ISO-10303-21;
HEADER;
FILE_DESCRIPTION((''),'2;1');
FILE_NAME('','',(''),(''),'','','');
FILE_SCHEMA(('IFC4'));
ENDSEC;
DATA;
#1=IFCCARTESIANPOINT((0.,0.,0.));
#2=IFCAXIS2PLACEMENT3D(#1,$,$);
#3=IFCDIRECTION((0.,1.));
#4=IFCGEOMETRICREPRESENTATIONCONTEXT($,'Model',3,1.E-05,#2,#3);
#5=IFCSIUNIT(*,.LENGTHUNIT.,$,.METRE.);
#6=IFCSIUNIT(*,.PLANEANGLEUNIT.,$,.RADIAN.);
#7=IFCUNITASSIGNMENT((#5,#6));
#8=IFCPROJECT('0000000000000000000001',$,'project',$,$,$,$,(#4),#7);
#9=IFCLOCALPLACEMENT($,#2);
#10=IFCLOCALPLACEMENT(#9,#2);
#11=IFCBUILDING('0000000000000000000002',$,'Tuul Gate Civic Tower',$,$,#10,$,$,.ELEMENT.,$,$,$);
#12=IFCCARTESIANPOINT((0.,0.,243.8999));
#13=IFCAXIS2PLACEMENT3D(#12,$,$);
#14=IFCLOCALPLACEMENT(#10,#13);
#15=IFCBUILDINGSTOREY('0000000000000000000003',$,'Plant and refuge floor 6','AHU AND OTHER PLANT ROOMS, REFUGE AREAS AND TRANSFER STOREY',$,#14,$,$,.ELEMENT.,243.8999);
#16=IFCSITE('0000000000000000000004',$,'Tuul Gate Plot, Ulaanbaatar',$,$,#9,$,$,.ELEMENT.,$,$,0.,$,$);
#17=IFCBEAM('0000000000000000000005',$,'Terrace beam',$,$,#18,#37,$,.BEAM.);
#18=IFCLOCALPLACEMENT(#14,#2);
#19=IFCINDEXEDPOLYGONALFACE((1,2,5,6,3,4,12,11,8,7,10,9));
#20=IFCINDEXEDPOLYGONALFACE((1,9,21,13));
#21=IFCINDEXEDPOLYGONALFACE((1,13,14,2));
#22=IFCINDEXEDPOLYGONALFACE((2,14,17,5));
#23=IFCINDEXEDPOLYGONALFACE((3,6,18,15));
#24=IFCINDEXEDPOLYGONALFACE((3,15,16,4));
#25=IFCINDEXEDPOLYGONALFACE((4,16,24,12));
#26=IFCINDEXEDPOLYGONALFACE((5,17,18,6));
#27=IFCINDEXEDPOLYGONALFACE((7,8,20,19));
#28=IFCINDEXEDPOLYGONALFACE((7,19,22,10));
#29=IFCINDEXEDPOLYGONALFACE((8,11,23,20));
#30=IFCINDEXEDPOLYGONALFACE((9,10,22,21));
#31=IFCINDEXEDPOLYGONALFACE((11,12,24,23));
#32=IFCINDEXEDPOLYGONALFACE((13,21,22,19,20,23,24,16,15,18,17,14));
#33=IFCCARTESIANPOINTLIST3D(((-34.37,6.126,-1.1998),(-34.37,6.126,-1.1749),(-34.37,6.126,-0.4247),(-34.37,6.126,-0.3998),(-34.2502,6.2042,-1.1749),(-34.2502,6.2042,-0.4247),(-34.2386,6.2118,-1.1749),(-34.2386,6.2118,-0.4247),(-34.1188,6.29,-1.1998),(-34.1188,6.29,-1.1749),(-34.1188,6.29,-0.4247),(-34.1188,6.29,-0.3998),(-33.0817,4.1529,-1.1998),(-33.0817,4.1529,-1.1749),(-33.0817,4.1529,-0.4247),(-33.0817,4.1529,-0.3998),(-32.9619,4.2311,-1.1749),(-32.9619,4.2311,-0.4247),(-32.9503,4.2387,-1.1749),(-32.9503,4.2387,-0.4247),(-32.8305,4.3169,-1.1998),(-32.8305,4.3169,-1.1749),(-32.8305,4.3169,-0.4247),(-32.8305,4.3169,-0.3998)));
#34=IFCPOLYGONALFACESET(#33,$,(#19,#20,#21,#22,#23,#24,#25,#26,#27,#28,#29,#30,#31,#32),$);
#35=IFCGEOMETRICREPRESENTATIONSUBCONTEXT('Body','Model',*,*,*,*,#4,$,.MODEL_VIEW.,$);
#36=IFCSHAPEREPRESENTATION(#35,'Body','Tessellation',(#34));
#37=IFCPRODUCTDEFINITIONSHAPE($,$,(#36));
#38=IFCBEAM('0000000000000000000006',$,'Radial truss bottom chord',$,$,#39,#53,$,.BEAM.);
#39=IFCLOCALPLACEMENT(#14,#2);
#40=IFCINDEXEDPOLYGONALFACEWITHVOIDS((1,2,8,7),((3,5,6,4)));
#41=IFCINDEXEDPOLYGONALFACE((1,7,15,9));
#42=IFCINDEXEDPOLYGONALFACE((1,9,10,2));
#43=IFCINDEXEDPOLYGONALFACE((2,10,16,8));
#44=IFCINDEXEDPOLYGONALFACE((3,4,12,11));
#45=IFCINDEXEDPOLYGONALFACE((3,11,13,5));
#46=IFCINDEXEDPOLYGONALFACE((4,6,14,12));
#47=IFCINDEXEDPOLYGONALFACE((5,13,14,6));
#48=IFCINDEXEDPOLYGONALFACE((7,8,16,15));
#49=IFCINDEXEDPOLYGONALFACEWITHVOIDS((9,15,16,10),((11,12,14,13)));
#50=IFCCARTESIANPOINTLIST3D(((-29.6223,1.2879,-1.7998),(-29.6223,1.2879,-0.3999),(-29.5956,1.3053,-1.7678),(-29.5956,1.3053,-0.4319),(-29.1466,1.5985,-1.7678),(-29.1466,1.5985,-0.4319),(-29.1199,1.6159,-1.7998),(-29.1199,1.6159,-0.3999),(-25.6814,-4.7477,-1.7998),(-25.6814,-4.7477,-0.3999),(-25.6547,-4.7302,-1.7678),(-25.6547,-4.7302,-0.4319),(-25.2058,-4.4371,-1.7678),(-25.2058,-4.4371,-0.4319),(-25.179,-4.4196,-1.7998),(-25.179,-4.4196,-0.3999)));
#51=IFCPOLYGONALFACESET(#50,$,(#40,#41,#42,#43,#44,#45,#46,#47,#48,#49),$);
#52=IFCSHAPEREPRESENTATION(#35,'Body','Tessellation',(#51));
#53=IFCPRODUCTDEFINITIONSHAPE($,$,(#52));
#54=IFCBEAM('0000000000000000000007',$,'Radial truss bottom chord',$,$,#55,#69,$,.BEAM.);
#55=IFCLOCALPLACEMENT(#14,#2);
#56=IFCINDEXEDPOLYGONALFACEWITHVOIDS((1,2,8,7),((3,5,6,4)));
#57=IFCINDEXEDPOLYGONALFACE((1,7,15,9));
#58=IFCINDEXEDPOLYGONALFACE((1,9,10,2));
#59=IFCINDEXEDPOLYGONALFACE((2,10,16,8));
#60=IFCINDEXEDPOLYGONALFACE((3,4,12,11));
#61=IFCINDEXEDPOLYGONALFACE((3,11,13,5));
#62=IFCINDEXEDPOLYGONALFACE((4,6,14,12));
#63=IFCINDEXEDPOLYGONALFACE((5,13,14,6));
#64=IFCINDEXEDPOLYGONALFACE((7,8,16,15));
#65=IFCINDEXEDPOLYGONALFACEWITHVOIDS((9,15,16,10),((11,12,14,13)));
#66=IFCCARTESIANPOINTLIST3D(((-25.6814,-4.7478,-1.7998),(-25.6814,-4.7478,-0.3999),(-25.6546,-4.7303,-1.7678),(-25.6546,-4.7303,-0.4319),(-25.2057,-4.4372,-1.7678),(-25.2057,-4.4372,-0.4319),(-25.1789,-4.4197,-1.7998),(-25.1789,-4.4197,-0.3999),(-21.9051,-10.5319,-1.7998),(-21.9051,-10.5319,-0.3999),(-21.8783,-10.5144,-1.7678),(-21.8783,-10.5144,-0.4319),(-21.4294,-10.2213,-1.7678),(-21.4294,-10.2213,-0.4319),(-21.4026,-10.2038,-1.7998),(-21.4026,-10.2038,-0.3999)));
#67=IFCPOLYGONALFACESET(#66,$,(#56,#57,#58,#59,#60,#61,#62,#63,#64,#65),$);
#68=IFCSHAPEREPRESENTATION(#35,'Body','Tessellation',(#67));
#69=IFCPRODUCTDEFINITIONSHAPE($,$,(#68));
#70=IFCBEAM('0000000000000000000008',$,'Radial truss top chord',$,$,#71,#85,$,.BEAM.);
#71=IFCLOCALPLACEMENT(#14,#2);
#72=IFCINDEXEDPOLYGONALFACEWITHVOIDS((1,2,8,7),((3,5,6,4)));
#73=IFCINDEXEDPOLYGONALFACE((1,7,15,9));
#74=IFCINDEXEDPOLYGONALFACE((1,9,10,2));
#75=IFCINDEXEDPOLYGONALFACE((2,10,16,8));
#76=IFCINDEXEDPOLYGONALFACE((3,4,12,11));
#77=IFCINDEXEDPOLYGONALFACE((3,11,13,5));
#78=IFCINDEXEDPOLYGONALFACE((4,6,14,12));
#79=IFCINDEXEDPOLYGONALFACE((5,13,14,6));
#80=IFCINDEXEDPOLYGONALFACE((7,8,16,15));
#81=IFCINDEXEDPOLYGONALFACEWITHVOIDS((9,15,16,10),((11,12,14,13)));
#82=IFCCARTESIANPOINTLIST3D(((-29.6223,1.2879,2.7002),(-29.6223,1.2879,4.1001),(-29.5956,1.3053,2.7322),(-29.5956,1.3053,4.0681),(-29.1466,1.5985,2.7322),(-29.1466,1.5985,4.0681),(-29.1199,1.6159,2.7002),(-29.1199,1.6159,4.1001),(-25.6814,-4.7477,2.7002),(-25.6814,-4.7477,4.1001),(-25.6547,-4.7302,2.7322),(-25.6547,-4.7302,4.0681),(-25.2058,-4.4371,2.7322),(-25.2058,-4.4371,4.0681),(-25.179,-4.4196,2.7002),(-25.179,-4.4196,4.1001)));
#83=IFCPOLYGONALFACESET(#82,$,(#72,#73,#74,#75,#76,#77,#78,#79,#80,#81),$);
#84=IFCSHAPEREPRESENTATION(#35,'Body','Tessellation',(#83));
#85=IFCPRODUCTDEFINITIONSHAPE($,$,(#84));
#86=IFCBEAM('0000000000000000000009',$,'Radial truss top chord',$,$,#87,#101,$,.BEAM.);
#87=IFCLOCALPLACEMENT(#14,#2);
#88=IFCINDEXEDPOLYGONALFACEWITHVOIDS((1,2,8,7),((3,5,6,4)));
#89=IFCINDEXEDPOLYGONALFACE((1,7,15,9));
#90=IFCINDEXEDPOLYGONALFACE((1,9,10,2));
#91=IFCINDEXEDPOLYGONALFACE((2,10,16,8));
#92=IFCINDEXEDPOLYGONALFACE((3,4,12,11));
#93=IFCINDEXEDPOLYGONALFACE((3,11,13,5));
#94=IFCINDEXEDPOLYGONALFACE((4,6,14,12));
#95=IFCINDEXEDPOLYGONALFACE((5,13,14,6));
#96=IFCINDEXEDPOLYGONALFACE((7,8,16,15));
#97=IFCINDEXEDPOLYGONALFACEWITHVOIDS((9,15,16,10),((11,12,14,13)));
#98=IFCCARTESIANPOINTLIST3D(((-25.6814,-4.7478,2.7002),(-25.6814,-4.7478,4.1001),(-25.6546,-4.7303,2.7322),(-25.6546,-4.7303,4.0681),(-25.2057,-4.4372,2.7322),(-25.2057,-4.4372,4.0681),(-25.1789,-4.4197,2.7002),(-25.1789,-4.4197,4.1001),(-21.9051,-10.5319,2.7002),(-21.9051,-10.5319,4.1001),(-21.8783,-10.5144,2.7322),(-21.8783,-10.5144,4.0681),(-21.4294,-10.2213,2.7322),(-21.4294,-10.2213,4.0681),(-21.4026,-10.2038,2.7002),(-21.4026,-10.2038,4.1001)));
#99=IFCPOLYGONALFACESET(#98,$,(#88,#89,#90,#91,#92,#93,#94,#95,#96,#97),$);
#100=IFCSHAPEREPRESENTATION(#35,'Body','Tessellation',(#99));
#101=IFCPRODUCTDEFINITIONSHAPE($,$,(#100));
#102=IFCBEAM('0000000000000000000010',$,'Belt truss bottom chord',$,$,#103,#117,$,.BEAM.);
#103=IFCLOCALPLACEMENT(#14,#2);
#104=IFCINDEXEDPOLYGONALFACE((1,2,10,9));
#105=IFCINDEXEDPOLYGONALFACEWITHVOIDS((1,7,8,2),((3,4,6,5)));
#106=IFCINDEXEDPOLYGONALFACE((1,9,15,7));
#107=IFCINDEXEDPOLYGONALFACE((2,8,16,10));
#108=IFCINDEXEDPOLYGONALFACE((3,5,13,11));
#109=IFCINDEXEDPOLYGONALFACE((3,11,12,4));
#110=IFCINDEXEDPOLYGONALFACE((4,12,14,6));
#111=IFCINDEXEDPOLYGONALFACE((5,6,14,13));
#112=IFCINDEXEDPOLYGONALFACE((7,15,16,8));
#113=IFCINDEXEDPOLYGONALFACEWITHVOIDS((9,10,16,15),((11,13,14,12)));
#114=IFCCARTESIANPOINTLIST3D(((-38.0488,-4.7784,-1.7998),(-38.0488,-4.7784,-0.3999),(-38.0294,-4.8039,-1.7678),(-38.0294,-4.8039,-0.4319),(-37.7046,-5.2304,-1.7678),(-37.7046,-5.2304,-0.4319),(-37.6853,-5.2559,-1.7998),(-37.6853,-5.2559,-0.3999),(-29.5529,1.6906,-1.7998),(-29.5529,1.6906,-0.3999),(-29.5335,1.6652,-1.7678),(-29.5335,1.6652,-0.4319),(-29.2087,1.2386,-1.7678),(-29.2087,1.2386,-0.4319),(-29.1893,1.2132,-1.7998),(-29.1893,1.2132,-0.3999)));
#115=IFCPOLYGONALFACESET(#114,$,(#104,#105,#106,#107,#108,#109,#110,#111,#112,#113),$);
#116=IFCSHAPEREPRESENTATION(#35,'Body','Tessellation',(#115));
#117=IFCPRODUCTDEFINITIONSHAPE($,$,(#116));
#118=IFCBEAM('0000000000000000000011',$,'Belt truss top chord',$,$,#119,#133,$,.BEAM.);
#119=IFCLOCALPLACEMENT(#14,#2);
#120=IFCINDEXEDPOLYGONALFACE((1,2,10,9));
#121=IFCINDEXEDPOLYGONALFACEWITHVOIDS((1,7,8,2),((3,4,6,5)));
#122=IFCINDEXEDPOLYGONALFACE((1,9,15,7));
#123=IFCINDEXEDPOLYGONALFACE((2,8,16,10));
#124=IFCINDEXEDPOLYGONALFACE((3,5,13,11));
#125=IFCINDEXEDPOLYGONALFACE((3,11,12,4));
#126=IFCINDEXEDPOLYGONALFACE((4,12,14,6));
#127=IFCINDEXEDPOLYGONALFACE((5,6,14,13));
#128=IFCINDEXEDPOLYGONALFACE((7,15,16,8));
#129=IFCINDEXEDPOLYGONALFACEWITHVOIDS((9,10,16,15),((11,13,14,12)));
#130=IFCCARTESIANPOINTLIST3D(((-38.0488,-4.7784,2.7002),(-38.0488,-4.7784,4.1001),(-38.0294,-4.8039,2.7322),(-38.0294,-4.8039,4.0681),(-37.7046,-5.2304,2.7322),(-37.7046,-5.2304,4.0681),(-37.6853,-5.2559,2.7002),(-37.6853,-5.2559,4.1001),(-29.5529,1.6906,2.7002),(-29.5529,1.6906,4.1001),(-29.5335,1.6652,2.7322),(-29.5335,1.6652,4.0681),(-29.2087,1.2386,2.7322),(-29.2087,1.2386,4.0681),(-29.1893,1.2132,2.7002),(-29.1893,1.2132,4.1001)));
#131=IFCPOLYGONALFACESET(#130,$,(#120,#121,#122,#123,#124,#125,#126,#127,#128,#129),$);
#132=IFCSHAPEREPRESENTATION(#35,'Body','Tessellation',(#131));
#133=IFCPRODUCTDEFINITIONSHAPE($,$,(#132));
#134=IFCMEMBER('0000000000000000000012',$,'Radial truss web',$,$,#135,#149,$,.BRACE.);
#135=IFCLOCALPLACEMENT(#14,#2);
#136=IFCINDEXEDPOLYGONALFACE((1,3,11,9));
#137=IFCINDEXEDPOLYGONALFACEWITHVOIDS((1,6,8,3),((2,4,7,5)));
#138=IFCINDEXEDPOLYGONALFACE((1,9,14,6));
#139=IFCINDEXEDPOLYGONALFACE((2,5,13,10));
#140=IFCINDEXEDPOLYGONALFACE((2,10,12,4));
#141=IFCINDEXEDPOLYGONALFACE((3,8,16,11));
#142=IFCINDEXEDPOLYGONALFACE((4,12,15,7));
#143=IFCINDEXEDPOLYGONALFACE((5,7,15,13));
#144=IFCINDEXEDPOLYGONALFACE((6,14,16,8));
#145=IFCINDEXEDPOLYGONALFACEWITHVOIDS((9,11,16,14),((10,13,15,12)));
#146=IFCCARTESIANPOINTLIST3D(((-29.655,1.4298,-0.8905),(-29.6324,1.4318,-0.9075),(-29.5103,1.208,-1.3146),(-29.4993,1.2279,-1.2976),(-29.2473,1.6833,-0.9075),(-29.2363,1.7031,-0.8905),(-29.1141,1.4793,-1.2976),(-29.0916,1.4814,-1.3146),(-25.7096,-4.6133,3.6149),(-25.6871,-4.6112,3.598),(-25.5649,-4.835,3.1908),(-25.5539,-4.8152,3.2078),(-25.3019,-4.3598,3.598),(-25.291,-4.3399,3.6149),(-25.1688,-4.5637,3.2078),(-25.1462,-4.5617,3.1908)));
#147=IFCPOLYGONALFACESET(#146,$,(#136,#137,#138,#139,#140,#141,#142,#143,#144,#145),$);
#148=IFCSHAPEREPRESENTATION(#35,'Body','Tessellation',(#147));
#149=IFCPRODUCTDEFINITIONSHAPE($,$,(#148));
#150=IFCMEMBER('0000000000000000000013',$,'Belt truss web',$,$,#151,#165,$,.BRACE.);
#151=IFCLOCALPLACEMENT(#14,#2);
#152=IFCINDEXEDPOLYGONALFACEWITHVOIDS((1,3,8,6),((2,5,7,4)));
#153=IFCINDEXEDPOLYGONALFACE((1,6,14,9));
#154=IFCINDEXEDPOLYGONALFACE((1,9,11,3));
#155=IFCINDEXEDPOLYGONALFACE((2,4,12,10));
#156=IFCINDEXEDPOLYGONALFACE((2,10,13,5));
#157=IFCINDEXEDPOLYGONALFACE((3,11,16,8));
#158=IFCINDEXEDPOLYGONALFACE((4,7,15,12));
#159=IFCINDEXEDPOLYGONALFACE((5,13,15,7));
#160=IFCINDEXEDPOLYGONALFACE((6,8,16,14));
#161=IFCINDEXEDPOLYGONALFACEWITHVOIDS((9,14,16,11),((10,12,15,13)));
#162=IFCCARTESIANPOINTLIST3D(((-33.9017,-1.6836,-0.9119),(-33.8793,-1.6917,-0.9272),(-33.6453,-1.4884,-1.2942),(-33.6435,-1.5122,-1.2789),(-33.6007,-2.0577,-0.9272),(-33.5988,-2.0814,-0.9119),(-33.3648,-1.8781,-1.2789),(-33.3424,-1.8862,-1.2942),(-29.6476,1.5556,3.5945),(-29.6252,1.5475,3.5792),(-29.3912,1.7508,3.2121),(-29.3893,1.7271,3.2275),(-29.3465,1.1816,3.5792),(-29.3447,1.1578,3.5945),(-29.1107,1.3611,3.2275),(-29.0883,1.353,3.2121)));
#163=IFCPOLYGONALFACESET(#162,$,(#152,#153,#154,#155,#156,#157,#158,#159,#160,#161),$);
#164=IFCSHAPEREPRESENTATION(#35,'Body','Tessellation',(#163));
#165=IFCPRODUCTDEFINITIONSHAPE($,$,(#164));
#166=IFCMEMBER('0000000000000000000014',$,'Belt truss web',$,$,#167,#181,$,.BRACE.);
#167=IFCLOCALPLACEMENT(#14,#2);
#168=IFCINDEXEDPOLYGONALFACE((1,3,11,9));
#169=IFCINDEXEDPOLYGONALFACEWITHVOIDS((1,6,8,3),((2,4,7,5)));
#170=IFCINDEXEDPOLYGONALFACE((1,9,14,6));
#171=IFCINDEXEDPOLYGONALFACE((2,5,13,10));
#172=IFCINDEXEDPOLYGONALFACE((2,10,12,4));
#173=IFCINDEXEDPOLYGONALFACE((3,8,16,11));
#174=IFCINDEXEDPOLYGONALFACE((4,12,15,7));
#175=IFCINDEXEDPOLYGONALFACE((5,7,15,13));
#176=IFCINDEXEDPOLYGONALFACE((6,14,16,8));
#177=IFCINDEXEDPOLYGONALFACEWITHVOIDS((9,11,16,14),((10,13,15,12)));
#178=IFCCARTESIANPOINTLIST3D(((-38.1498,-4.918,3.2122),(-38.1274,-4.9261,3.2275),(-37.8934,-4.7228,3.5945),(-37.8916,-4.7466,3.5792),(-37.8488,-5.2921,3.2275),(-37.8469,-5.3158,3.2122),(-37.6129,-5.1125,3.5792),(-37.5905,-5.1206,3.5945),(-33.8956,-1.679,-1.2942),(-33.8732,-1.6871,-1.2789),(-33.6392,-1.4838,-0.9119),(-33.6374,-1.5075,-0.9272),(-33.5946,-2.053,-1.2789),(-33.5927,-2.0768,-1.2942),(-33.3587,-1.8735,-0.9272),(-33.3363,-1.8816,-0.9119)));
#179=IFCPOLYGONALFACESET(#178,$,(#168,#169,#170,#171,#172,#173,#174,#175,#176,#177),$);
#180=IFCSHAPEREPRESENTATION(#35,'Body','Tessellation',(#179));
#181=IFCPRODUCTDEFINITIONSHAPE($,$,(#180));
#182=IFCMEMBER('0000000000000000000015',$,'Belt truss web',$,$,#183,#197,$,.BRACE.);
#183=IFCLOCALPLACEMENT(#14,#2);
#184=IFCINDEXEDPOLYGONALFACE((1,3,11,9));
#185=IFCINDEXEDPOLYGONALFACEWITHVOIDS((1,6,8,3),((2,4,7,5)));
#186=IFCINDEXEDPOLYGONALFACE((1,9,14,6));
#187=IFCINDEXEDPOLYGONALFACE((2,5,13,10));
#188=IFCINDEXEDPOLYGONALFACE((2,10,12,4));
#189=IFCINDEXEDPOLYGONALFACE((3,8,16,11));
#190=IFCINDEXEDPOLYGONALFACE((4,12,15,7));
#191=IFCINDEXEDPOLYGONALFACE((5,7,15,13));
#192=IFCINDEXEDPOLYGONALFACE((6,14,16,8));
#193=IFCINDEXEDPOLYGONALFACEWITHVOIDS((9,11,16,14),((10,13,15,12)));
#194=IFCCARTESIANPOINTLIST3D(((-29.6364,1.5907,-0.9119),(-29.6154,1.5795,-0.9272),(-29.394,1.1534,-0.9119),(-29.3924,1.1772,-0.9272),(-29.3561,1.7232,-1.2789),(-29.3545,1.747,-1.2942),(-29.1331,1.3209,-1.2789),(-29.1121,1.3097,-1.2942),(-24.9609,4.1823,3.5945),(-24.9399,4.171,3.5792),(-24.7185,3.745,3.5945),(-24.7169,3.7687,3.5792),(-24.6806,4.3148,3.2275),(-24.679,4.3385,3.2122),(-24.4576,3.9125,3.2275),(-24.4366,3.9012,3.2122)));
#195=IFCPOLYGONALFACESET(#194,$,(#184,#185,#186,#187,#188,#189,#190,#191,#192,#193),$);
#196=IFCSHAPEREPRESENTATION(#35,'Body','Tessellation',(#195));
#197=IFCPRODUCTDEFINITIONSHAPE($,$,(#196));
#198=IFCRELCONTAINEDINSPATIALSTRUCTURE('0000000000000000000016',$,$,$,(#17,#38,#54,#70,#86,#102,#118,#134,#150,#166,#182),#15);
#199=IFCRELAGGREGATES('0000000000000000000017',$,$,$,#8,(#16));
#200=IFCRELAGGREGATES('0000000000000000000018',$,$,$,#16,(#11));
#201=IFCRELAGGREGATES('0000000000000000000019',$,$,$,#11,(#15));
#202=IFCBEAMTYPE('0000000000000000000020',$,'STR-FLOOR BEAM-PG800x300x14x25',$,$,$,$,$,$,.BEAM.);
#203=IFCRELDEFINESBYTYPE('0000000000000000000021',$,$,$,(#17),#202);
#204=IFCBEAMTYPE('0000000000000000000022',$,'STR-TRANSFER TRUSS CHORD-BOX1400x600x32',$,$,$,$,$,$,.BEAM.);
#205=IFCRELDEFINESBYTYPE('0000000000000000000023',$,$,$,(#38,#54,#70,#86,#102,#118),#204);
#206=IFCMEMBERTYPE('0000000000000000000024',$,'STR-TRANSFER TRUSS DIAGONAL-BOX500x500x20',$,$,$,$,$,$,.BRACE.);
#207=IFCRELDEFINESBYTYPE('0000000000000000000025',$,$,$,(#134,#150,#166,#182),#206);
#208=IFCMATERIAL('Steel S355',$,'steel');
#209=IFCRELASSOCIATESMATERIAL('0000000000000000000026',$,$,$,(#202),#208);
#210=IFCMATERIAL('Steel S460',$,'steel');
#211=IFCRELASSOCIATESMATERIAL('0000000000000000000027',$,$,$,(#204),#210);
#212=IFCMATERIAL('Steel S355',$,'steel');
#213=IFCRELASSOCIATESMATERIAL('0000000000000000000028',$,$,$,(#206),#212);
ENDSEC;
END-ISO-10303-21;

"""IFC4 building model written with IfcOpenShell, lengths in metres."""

from ifc_helpers import new_model, si_unit, direction, frame, origin, origin_2d, place, context, subcontext, project, spatial, hollow_rectangle, i_section, extrude, material, material_profile, profile_set, type_object, element, save


model = new_model("IFC4")

# Units and contexts
model_context = context("Model", 3, precision=1e-05, world=origin(), true_north=direction((0.0, 1.0)))
body_context = subcontext(model_context, "Body", "Model", "MODEL_VIEW")
ifc_project = project(units=[si_unit("LENGTHUNIT", "METRE"), si_unit("PLANEANGLEUNIT", "RADIAN")], contexts=[model_context])

# Site, building, storey
site_placement = place(None, origin())
site = spatial("IfcSite", under=ifc_project, at=site_placement, Name="Tuul Gate Plot, Ulaanbaatar", CompositionType="ELEMENT", RefElevation=0.0)
building_placement = place(site_placement, origin())
building = spatial("IfcBuilding", under=site, at=building_placement, Name="Tuul Gate Civic Tower", CompositionType="ELEMENT")
storey_placement = place(building_placement, frame((0.0, 0.0, 243.8999)))
storey = spatial("IfcBuildingStorey", under=building, at=storey_placement, Name="Plant and refuge floor 6", Description="AHU AND OTHER PLANT ROOMS, REFUGE AREAS AND TRANSFER STOREY", CompositionType="ELEMENT", Elevation=243.8999)

# Beams
ifc_material_1 = material(Name="Steel S355", Category="steel")
ifc_material_profile_1 = material_profile(ifc_material_1, i_section(OverallWidth=0.3, OverallDepth=0.8, WebThickness=0.0139, FlangeThickness=0.0249, at=origin_2d()), Name="PG800x300x14x25")
ifc_profile_set_1 = profile_set([ifc_material_profile_1], Name="Steel S355")
beam_type_1 = type_object("IfcBeamType", Name="STR-FLOOR BEAM-PG800x300x14x25", PredefinedType="BEAM", material=ifc_profile_set_1)
beam_1_placement = place(storey_placement, frame((-34.2444, 6.208, -0.7998), z_axis=(0.546713, -0.83732, 0.0), x_axis=(0.83732, 0.546713, 0.0)))
element("IfcBeam", 1, at=beam_1_placement, inside=storey, type_object=beam_type_1, Name="Terrace beam", PredefinedType="BEAM", context=body_context, shape_type="SweptSolid", body=[
    extrude(i_section(OverallWidth=0.3, OverallDepth=0.8, WebThickness=0.0139, FlangeThickness=0.0249, at=origin_2d()), origin(), (0.0, 0.0, 1.0), 2.3564),
])
ifc_material_2 = material(Name="Steel S460", Category="steel")
ifc_material_profile_2 = material_profile(ifc_material_2, hollow_rectangle(XDim=0.6001, YDim=1.3999, WallThickness=0.032, at=origin_2d()), Name="BOX1400x600x32")
ifc_profile_set_2 = profile_set([ifc_material_profile_2], Name="Steel S460")
beam_type_2 = type_object("IfcBeamType", Name="STR-TRANSFER TRUSS CHORD-BOX1400x600x32", PredefinedType="BEAM", material=ifc_profile_set_2)
beam_2_placement = place(storey_placement, frame((-29.3711, 1.4519, -1.0999), z_axis=(0.546718, -0.837317, 0.0), x_axis=(0.837317, 0.546718, 0.0)))
element("IfcBeam", 2, at=beam_2_placement, inside=storey, type_object=beam_type_2, Name="Radial truss bottom chord", PredefinedType="BEAM", context=body_context, shape_type="SweptSolid", body=[
    extrude(hollow_rectangle(XDim=0.6001, YDim=1.3999, WallThickness=0.032, at=origin_2d()), origin(), (0.0, 0.0, 1.0), 7.2083),
])
beam_3_placement = place(storey_placement, frame((-25.4302, -4.5837, -1.0999), z_axis=(0.546682, -0.837341, 0.0), x_axis=(0.837341, 0.546682, 0.0)))
element("IfcBeam", 3, at=beam_3_placement, inside=storey, type_object=beam_type_2, Name="Radial truss bottom chord", PredefinedType="BEAM", context=body_context, shape_type="SweptSolid", body=[
    extrude(hollow_rectangle(XDim=0.6001, YDim=1.3999, WallThickness=0.032, at=origin_2d()), origin(), (0.0, 0.0, 1.0), 6.9077),
])
beam_4_placement = place(storey_placement, frame((-29.3711, 1.4519, 3.4001), z_axis=(0.546718, -0.837317, 0.0), x_axis=(0.837317, 0.546718, 0.0)))
element("IfcBeam", 4, at=beam_4_placement, inside=storey, type_object=beam_type_2, Name="Radial truss top chord", PredefinedType="BEAM", context=body_context, shape_type="SweptSolid", body=[
    extrude(hollow_rectangle(XDim=0.6001, YDim=1.3999, WallThickness=0.032, at=origin_2d()), origin(), (0.0, 0.0, 1.0), 7.2083),
])
beam_5_placement = place(storey_placement, frame((-25.4302, -4.5837, 3.4001), z_axis=(0.546682, -0.837341, 0.0), x_axis=(0.837341, 0.546682, 0.0)))
element("IfcBeam", 5, at=beam_5_placement, inside=storey, type_object=beam_type_2, Name="Radial truss top chord", PredefinedType="BEAM", context=body_context, shape_type="SweptSolid", body=[
    extrude(hollow_rectangle(XDim=0.6001, YDim=1.3999, WallThickness=0.032, at=origin_2d()), origin(), (0.0, 0.0, 1.0), 6.9077),
])
for number, where, z_axis, x_axis, name in (
    (6, (-29.3711, 1.4519, -1.0999), (-0.795614, -0.605804, 0.0), (0.605804, -0.795614, 0.0), "Belt truss bottom chord"),
    (7, (-29.3711, 1.4519, 3.4001), (-0.795614, -0.605804, 0.0), (0.605804, -0.795614, 0.0), "Belt truss top chord"),
):
    element("IfcBeam", number, at=place(storey_placement, frame(where, z_axis=z_axis, x_axis=x_axis)), inside=storey, type_object=beam_type_2, Name=name, PredefinedType="BEAM", context=body_context, shape_type="SweptSolid", body=[
        extrude(hollow_rectangle(XDim=0.6001, YDim=1.3999, WallThickness=0.032, at=origin_2d()), origin(), (0.0, 0.0, 1.0), 10.6785),
    ])

# Members
ifc_material_3 = material(Name="Steel S355", Category="steel")
ifc_material_profile_3 = material_profile(ifc_material_3, hollow_rectangle(XDim=0.5, YDim=0.5, WallThickness=0.02, at=origin_2d()), Name="BOX500x500x20")
ifc_profile_set_3 = profile_set([ifc_material_profile_3], Name="Steel S355")
member_type_1 = type_object("IfcMemberType", Name="STR-TRANSFER TRUSS DIAGONAL-BOX500x500x20", PredefinedType="BRACE", material=ifc_profile_set_3)
member_1_placement = place(storey_placement, frame((-29.3733, 1.4556, -1.1025), z_axis=(0.463733, -0.710292, 0.529563), x_axis=(0.837341, 0.54668, 0.0)))
element("IfcMember", 8, at=member_1_placement, inside=storey, type_object=member_type_1, Name="Radial truss web", PredefinedType="BRACE", context=body_context, shape_type="SweptSolid", body=[
    extrude(hollow_rectangle(XDim=0.5, YDim=0.5, WallThickness=0.02, at=origin_2d()), origin(), (0.0, 0.0, 1.0), 8.5078),
])
for number, where, z_axis, x_axis, name in (
    (9, (-33.6221, -1.7849, -1.103), (0.608371, 0.463235, 0.644437), (-0.605807, 0.795612, 0.0), "Belt truss web"),
    (10, (-33.616, -1.7803, -1.103), (-0.608381, -0.463207, 0.644447), (0.605778, -0.795634, 0.0), "Belt truss web"),
):
    element("IfcMember", number, at=place(storey_placement, frame(where, z_axis=z_axis, x_axis=x_axis)), inside=storey, type_object=member_type_1, Name=name, PredefinedType="BRACE", context=body_context, shape_type="SweptSolid", body=[
        extrude(hollow_rectangle(XDim=0.5, YDim=0.5, WallThickness=0.02, at=origin_2d()), origin(), (0.0, 0.0, 1.0), 6.9927),
    ])
member_2_placement = place(storey_placement, frame((-29.3743, 1.4502, -1.103), z_axis=(0.668726, 0.370661, 0.644528), x_axis=(-0.48479, 0.874631, 0.0)))
element("IfcMember", 11, at=member_2_placement, inside=storey, type_object=member_type_1, Name="Belt truss web", PredefinedType="BRACE", context=body_context, shape_type="SweptSolid", body=[
    extrude(hollow_rectangle(XDim=0.5, YDim=0.5, WallThickness=0.02, at=origin_2d()), origin(), (0.0, 0.0, 1.0), 6.9917),
])

save(model, "model.ifc")
